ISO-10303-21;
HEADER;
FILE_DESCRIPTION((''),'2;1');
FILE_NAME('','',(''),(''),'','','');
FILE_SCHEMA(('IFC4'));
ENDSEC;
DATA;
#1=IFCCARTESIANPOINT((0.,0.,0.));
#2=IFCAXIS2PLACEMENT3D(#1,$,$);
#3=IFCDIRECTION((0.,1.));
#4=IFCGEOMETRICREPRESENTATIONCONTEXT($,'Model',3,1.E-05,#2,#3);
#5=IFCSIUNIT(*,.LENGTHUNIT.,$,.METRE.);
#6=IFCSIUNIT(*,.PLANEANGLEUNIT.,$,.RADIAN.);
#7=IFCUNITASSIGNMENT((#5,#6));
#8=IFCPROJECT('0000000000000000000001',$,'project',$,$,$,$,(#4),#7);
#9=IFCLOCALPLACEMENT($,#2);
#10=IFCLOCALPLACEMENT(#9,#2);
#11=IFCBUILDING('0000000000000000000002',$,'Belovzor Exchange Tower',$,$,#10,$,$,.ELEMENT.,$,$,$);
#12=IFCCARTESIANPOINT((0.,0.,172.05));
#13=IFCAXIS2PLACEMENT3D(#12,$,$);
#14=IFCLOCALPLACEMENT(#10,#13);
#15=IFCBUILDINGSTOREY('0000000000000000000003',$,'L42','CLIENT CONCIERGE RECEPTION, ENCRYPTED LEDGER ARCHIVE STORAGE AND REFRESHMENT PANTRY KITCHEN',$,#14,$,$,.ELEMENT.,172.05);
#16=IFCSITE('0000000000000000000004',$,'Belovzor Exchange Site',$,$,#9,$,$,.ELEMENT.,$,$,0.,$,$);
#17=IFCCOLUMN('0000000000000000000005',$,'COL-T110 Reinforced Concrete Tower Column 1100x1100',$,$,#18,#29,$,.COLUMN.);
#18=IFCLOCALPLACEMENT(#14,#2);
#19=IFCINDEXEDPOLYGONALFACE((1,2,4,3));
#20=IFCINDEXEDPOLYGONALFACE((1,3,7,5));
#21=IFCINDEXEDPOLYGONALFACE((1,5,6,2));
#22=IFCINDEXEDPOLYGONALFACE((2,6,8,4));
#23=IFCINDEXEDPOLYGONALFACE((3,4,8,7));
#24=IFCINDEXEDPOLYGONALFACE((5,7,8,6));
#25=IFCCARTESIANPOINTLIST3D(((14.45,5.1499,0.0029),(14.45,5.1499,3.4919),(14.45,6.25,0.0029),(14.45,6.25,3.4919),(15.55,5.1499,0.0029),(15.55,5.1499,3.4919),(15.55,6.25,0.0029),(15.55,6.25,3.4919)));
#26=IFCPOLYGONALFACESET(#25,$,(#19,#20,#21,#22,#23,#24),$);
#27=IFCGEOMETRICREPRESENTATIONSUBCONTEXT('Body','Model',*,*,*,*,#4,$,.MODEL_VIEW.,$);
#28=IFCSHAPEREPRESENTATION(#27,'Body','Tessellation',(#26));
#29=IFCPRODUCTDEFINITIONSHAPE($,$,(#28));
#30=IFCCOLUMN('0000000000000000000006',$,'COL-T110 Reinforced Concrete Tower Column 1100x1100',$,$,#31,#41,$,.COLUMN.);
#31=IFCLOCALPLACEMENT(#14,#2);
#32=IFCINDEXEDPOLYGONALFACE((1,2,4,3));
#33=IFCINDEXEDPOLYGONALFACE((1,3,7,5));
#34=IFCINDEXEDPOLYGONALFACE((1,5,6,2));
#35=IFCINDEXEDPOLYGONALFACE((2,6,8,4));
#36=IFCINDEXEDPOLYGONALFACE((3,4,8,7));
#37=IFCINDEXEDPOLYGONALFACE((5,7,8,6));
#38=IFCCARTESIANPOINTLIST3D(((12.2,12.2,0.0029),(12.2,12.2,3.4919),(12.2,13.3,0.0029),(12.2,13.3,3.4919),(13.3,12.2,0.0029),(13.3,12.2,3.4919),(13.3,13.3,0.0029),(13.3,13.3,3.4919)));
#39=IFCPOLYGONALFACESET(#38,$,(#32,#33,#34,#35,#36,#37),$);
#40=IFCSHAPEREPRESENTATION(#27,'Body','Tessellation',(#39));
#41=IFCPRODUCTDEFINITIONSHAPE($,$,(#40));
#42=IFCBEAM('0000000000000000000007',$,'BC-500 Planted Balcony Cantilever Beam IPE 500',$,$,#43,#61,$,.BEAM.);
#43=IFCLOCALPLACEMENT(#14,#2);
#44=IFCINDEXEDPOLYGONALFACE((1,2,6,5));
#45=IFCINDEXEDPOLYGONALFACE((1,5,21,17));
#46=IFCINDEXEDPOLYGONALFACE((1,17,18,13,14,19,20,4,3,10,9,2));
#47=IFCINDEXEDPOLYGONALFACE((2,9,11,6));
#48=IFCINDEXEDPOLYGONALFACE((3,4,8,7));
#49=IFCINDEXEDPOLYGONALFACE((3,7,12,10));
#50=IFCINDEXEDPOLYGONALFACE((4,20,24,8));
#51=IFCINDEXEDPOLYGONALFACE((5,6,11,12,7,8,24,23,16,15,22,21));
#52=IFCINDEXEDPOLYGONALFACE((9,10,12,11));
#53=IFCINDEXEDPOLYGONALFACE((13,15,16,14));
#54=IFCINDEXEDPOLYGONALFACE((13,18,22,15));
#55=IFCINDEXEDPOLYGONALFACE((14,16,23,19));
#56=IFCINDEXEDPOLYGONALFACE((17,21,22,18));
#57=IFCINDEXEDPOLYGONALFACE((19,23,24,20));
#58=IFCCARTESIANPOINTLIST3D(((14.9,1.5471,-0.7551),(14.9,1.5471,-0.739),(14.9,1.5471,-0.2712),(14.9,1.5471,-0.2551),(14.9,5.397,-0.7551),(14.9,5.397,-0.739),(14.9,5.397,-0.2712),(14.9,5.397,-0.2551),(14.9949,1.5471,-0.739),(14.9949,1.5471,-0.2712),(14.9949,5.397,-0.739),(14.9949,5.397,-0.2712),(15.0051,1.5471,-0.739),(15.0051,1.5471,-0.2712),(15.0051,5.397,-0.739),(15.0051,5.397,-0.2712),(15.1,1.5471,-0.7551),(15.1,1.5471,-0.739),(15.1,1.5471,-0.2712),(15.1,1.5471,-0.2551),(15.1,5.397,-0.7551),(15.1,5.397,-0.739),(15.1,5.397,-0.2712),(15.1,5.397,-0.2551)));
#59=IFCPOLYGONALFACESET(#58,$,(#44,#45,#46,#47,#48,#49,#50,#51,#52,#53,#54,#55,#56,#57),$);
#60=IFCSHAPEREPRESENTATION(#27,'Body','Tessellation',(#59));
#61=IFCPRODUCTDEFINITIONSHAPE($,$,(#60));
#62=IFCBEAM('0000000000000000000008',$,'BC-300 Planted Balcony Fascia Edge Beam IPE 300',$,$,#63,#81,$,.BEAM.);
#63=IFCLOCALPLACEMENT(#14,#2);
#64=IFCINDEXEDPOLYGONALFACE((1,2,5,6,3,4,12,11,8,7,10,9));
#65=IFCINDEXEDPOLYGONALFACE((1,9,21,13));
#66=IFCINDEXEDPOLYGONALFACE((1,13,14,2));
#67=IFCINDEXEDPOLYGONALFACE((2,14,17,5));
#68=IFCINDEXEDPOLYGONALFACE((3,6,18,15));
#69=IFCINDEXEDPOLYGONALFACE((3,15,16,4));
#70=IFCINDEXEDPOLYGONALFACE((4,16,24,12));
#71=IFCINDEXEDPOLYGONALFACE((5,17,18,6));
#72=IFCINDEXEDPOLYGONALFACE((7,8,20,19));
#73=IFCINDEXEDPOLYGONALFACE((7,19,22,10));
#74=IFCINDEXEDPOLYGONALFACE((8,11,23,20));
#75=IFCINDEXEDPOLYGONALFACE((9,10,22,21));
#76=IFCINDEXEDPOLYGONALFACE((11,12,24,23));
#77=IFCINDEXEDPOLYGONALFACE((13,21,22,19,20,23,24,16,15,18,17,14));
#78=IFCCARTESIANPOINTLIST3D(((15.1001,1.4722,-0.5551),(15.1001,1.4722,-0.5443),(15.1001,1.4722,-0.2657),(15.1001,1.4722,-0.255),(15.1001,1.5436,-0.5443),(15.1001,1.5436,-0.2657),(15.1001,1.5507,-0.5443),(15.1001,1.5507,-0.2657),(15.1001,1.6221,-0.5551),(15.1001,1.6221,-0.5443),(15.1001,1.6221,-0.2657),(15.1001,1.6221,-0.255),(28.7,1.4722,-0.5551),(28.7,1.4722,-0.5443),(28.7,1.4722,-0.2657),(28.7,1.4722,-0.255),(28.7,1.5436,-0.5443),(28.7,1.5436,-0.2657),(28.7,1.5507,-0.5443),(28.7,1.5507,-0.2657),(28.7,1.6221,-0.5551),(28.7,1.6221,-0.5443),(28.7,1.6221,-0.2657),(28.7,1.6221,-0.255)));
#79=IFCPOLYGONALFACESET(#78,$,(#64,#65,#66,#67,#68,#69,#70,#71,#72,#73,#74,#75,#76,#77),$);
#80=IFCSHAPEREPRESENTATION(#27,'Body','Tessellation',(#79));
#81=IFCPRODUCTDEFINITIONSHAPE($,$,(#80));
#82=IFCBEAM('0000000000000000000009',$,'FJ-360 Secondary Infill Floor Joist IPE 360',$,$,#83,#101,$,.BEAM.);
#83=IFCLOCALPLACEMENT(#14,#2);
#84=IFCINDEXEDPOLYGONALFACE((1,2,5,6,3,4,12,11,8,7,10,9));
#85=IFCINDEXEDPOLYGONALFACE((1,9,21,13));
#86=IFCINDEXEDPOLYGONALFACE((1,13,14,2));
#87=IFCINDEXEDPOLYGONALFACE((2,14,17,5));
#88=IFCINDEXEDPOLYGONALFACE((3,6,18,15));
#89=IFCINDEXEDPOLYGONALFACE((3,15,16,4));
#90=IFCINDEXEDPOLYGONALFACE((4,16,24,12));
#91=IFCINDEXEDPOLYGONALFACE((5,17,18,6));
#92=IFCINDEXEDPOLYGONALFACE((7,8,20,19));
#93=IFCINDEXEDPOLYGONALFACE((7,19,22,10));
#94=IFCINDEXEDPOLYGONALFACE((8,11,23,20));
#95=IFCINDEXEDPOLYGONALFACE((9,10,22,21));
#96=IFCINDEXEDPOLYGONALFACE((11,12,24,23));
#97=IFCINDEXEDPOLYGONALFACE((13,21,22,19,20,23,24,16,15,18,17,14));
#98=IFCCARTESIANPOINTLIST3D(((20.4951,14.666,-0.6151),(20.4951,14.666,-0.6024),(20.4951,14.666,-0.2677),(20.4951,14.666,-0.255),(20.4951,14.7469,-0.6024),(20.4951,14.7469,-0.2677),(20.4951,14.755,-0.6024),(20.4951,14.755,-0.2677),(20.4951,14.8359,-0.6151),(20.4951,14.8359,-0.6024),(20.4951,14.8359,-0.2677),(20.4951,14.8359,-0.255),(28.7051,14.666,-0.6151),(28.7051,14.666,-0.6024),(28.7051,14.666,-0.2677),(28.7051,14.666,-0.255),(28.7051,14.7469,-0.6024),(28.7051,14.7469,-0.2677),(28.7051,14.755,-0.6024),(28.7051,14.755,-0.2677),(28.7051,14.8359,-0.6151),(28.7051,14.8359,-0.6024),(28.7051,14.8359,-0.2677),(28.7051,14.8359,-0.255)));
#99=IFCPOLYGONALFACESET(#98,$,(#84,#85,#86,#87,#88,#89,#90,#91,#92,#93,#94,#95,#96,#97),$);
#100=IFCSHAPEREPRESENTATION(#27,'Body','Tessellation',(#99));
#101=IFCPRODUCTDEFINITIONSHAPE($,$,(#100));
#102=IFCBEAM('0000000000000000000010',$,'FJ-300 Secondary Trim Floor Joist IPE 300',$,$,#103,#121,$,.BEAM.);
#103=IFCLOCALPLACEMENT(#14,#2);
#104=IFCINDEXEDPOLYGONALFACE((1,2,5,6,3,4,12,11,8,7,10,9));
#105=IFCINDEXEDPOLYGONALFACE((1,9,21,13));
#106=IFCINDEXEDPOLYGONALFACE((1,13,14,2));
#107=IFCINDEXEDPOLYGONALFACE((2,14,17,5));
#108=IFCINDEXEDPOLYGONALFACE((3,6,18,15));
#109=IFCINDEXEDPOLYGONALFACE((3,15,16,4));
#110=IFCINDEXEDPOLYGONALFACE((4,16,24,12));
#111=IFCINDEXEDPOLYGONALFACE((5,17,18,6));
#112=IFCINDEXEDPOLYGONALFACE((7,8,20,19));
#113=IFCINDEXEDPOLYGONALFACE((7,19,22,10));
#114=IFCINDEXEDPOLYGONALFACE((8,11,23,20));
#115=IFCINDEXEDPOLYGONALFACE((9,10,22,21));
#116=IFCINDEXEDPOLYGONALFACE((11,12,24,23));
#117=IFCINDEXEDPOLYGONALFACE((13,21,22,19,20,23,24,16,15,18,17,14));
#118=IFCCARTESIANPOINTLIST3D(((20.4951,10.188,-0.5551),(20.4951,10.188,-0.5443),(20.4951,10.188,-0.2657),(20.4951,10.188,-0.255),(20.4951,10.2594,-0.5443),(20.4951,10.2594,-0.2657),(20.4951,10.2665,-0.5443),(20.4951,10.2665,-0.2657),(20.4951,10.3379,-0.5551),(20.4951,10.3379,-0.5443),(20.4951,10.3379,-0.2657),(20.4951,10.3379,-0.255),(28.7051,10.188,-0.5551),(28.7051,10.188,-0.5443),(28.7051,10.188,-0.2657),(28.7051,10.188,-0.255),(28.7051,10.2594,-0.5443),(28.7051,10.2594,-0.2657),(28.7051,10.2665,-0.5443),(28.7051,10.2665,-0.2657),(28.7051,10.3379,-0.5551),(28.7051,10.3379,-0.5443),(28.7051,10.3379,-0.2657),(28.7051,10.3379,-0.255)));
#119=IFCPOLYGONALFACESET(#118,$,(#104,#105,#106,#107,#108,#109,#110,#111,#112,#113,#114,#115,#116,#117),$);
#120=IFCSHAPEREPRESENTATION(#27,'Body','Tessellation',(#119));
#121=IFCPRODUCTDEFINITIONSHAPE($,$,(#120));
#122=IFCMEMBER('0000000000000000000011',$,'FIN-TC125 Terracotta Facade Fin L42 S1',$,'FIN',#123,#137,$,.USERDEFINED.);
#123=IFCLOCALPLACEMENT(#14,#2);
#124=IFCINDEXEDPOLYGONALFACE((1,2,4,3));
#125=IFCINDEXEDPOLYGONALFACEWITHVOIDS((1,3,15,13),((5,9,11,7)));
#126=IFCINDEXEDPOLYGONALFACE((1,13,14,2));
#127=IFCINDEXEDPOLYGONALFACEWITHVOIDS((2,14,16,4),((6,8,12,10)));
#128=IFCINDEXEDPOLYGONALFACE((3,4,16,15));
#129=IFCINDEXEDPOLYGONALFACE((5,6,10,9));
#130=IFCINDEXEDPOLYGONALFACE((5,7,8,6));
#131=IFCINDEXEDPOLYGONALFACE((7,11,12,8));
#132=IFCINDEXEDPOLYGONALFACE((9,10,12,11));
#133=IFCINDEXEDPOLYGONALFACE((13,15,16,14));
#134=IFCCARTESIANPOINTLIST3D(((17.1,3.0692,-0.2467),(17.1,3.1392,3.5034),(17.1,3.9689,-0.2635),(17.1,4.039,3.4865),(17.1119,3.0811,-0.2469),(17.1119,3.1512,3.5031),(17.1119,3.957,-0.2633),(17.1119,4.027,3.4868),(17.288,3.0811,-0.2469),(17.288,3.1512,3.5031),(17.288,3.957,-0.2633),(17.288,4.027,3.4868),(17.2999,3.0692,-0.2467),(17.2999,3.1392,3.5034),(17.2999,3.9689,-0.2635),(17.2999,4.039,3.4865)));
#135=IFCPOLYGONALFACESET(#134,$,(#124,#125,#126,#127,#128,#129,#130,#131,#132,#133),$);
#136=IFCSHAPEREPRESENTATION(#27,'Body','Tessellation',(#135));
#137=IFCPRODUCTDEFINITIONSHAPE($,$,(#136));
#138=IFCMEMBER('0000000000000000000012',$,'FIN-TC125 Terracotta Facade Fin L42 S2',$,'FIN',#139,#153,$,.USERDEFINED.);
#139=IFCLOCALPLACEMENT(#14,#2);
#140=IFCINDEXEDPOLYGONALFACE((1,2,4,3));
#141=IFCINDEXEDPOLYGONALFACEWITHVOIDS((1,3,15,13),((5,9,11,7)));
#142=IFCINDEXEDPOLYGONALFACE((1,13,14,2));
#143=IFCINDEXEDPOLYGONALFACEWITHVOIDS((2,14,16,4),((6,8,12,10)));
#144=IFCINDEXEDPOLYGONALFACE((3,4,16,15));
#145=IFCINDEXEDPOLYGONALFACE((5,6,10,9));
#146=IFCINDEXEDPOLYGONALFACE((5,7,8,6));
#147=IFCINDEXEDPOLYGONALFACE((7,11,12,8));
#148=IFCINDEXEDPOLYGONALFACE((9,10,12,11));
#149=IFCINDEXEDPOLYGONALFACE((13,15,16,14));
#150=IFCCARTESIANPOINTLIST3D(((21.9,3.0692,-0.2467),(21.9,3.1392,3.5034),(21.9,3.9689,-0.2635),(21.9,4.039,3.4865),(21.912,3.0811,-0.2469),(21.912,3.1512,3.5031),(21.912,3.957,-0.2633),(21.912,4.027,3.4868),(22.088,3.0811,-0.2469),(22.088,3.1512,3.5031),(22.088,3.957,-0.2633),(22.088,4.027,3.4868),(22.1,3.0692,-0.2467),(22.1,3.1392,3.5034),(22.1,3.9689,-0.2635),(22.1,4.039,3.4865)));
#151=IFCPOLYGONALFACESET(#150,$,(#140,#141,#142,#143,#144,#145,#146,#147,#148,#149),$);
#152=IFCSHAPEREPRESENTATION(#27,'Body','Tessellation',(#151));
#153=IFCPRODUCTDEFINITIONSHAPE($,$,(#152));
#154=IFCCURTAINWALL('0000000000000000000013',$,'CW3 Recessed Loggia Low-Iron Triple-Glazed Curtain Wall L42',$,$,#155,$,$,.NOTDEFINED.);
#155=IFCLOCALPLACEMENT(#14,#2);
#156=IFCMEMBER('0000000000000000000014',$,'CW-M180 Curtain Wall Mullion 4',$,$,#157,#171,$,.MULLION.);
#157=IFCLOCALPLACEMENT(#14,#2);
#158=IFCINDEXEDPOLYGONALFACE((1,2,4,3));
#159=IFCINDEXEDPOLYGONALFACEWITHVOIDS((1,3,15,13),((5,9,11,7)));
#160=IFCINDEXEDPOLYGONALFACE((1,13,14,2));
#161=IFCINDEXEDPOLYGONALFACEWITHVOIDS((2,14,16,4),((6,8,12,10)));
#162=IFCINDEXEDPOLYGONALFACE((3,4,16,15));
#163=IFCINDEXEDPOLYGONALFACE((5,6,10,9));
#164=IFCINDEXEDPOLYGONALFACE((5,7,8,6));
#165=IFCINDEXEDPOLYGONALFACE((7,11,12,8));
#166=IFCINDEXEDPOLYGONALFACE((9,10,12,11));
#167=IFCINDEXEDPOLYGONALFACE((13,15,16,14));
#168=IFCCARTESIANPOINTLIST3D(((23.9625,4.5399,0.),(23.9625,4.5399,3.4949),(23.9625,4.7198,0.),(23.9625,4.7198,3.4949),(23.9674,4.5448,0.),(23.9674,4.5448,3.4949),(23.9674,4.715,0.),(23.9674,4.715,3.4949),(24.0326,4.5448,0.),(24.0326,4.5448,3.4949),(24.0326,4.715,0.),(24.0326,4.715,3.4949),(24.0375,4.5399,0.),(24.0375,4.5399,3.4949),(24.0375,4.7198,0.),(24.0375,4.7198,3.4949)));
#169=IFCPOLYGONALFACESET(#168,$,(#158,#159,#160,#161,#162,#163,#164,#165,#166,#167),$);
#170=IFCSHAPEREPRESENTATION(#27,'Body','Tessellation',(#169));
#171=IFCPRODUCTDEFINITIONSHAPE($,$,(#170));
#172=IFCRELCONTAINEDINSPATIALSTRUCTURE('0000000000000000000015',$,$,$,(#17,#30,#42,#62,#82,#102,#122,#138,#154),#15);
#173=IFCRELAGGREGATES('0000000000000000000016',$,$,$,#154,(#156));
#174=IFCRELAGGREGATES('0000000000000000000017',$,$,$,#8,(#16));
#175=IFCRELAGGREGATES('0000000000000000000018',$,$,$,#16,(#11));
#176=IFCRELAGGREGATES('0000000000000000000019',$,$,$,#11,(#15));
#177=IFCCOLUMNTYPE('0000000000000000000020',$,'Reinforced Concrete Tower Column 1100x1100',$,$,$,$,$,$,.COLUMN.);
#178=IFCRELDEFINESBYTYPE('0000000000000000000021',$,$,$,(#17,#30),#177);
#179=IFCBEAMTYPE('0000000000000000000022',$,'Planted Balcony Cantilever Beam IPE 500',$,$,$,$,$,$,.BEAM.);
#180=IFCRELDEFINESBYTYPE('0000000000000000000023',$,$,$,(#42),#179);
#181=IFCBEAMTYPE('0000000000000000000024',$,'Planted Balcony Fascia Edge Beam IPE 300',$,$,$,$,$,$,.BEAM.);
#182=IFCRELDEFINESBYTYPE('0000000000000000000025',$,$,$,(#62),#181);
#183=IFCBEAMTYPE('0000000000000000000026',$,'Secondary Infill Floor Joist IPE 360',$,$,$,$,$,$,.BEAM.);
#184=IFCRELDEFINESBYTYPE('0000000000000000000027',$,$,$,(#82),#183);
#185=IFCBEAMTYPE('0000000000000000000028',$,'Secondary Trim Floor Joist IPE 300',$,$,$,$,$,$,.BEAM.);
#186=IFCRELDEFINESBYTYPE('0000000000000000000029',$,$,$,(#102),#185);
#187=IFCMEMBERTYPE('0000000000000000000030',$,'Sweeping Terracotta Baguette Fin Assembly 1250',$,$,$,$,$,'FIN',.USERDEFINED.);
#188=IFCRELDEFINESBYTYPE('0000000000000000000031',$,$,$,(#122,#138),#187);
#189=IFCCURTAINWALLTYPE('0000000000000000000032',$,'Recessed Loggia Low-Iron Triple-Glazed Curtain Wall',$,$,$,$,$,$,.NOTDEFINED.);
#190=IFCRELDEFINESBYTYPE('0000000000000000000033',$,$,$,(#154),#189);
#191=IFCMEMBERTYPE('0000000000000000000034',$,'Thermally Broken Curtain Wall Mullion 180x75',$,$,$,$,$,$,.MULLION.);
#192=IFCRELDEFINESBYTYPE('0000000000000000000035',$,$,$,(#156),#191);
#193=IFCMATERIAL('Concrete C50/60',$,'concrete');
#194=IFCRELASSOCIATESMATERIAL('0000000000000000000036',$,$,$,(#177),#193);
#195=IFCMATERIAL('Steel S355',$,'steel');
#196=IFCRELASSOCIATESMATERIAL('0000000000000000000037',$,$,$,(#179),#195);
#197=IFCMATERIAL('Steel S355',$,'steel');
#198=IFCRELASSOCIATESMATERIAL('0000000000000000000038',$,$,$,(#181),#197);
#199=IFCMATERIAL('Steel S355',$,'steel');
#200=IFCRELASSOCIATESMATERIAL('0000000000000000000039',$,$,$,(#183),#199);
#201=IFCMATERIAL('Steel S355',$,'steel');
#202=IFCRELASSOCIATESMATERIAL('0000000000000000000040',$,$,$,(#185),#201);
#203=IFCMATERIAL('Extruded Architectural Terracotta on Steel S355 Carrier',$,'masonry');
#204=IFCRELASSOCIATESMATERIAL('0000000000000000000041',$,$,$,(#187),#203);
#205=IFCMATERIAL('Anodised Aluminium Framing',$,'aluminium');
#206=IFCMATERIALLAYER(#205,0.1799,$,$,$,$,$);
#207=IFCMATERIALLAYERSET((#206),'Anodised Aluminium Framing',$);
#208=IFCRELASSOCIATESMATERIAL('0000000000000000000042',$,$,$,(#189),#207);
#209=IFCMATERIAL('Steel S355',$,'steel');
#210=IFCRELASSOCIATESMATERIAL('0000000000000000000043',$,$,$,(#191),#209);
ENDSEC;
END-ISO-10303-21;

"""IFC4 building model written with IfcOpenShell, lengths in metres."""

from ifc_helpers import new_model, si_unit, direction, frame, origin, origin_2d, place, context, subcontext, project, spatial, rectangle, hollow_rectangle, i_section, extrude, material, layer, layer_set, material_profile, profile_set, type_object, element, aggregate, save


model = new_model("IFC4")

# Units and contexts
model_context = context("Model", 3, precision=1e-05, world=origin(), true_north=direction((0.0, 1.0)))
body_context = subcontext(model_context, "Body", "Model", "MODEL_VIEW")
ifc_project = project(units=[si_unit("LENGTHUNIT", "METRE"), si_unit("PLANEANGLEUNIT", "RADIAN")], contexts=[model_context])

# Site, building, storey
site_placement = place(None, origin())
site = spatial("IfcSite", under=ifc_project, at=site_placement, Name="Belovzor Exchange Site", CompositionType="ELEMENT", RefElevation=0.0)
building_placement = place(site_placement, origin())
building = spatial("IfcBuilding", under=site, at=building_placement, Name="Belovzor Exchange Tower", CompositionType="ELEMENT")
storey_placement = place(building_placement, frame((0.0, 0.0, 172.05)))
storey = spatial("IfcBuildingStorey", under=building, at=storey_placement, Name="L42", Description="CLIENT CONCIERGE RECEPTION, ENCRYPTED LEDGER ARCHIVE STORAGE AND REFRESHMENT PANTRY KITCHEN", CompositionType="ELEMENT", Elevation=172.05)

# Columns
ifc_material_1 = material(Name="Concrete C50/60", Category="concrete")
ifc_material_profile_1 = material_profile(ifc_material_1, rectangle(XDim=1.1001, YDim=1.1001, at=origin_2d()))
ifc_profile_set_1 = profile_set([ifc_material_profile_1], Name="Concrete C50/60")
column_type = type_object("IfcColumnType", Name="Reinforced Concrete Tower Column 1100x1100", PredefinedType="COLUMN", material=ifc_profile_set_1)
for number, where, z_axis, x_axis, name in (
    (1, (15.0, 5.7, 0.0029), (0.0, 0.0, 1.0), (1.0, 0.0, 0.0), "COL-T110 Reinforced Concrete Tower Column 1100x1100"),
    (2, (12.75, 12.75, 0.0029), (0.0, 0.0, 1.0), (1.0, 0.0, 0.0), "COL-T110 Reinforced Concrete Tower Column 1100x1100"),
):
    element("IfcColumn", number, at=place(storey_placement, frame(where, z_axis=z_axis, x_axis=x_axis)), inside=storey, type_object=column_type, Name=name, PredefinedType="COLUMN", context=body_context, shape_type="SweptSolid", body=[
        extrude(rectangle(XDim=1.1001, YDim=1.1001, at=origin_2d()), origin(), (0.0, 0.0, 1.0), 3.489),
    ])

# Beams
ifc_material_2 = material(Name="Steel S355", Category="steel")
ifc_material_profile_2 = material_profile(ifc_material_2, i_section(OverallWidth=0.2, OverallDepth=0.5, WebThickness=0.0103, FlangeThickness=0.0161, at=origin_2d()))
ifc_profile_set_2 = profile_set([ifc_material_profile_2], Name="Steel S355")
beam_type_1 = type_object("IfcBeamType", Name="Planted Balcony Cantilever Beam IPE 500", PredefinedType="BEAM", material=ifc_profile_set_2)
beam_1_placement = place(storey_placement, frame((15.0, 5.397, -0.5051), z_axis=(0.0, -1.0, 0.0), x_axis=(1.0, 0.0, 0.0)))
element("IfcBeam", 3, at=beam_1_placement, inside=storey, type_object=beam_type_1, Name="BC-500 Planted Balcony Cantilever Beam IPE 500", PredefinedType="BEAM", context=body_context, shape_type="SweptSolid", body=[
    extrude(i_section(OverallWidth=0.2, OverallDepth=0.5, WebThickness=0.0103, FlangeThickness=0.0161, at=origin_2d()), origin(), (0.0, 0.0, 1.0), 3.8499),
])
ifc_material_3 = material(Name="Steel S355", Category="steel")
ifc_material_profile_3 = material_profile(ifc_material_3, i_section(OverallWidth=0.1499, OverallDepth=0.3, WebThickness=0.0071, FlangeThickness=0.0107, at=origin_2d()))
ifc_profile_set_3 = profile_set([ifc_material_profile_3], Name="Steel S355")
beam_type_2 = type_object("IfcBeamType", Name="Planted Balcony Fascia Edge Beam IPE 300", PredefinedType="BEAM", material=ifc_profile_set_3)
beam_2_placement = place(storey_placement, frame((15.1001, 1.5471, -0.405), z_axis=(1.0, 0.0, 0.0), x_axis=(0.0, 1.0, 0.0)))
element("IfcBeam", 4, at=beam_2_placement, inside=storey, type_object=beam_type_2, Name="BC-300 Planted Balcony Fascia Edge Beam IPE 300", PredefinedType="BEAM", context=body_context, shape_type="SweptSolid", body=[
    extrude(i_section(OverallWidth=0.1499, OverallDepth=0.3, WebThickness=0.0071, FlangeThickness=0.0107, at=origin_2d()), origin(), (0.0, 0.0, 1.0), 13.5999),
])
ifc_material_4 = material(Name="Steel S355", Category="steel")
ifc_material_profile_4 = material_profile(ifc_material_4, i_section(OverallWidth=0.1699, OverallDepth=0.3601, WebThickness=0.0081, FlangeThickness=0.0127, at=origin_2d()))
ifc_profile_set_4 = profile_set([ifc_material_profile_4], Name="Steel S355")
beam_type_3 = type_object("IfcBeamType", Name="Secondary Infill Floor Joist IPE 360", PredefinedType="BEAM", material=ifc_profile_set_4)
beam_3_placement = place(storey_placement, frame((20.4951, 14.751, -0.4351), z_axis=(1.0, 0.0, 0.0), x_axis=(0.0, 1.0, 0.0)))
element("IfcBeam", 5, at=beam_3_placement, inside=storey, type_object=beam_type_3, Name="FJ-360 Secondary Infill Floor Joist IPE 360", PredefinedType="BEAM", context=body_context, shape_type="SweptSolid", body=[
    extrude(i_section(OverallWidth=0.1699, OverallDepth=0.3601, WebThickness=0.0081, FlangeThickness=0.0127, at=origin_2d()), origin(), (0.0, 0.0, 1.0), 8.21),
])
ifc_material_5 = material(Name="Steel S355", Category="steel")
ifc_material_profile_5 = material_profile(ifc_material_5, i_section(OverallWidth=0.1499, OverallDepth=0.3, WebThickness=0.0071, FlangeThickness=0.0107, at=origin_2d()))
ifc_profile_set_5 = profile_set([ifc_material_profile_5], Name="Steel S355")
beam_type_4 = type_object("IfcBeamType", Name="Secondary Trim Floor Joist IPE 300", PredefinedType="BEAM", material=ifc_profile_set_5)
beam_4_placement = place(storey_placement, frame((20.4951, 10.2629, -0.405), z_axis=(1.0, 0.0, 0.0), x_axis=(0.0, 1.0, 0.0)))
element("IfcBeam", 6, at=beam_4_placement, inside=storey, type_object=beam_type_4, Name="FJ-300 Secondary Trim Floor Joist IPE 300", PredefinedType="BEAM", context=body_context, shape_type="SweptSolid", body=[
    extrude(i_section(OverallWidth=0.1499, OverallDepth=0.3, WebThickness=0.0071, FlangeThickness=0.0107, at=origin_2d()), origin(), (0.0, 0.0, 1.0), 8.21),
])

# Members
ifc_material_6 = material(Name="Extruded Architectural Terracotta on Steel S355 Carrier", Category="masonry")
ifc_material_profile_6 = material_profile(ifc_material_6, hollow_rectangle(XDim=0.2, YDim=0.8999, WallThickness=0.012, at=origin_2d()))
ifc_profile_set_6 = profile_set([ifc_material_profile_6], Name="Extruded Architectural Terracotta on Steel S355 Carrier")
member_type_1 = type_object("IfcMemberType", Name="Sweeping Terracotta Baguette Fin Assembly 1250", ElementType="FIN", PredefinedType="USERDEFINED", material=ifc_profile_set_6)
for number, where, z_axis, x_axis, name in (
    (7, (17.2, 3.519, -0.2551), (0.0, 0.018682, 0.999825), (-1.0, 0.0, 0.0), "FIN-TC125 Terracotta Facade Fin L42 S1"),
    (8, (22.0, 3.519, -0.2551), (0.0, 0.018682, 0.999825), (-1.0, 0.0, 0.0), "FIN-TC125 Terracotta Facade Fin L42 S2"),
):
    element("IfcMember", number, at=place(storey_placement, frame(where, z_axis=z_axis, x_axis=x_axis)), inside=storey, type_object=member_type_1, Name=name, ObjectType="FIN", PredefinedType="USERDEFINED", context=body_context, shape_type="SweptSolid", body=[
        extrude(hollow_rectangle(XDim=0.2, YDim=0.8999, WallThickness=0.012, at=origin_2d()), origin(), (0.0, 0.0, 1.0), 3.7507),
    ])

# Curtain wall, member
ifc_material_7 = material(Name="Anodised Aluminium Framing", Category="aluminium")
ifc_layer_1 = layer(ifc_material_7, 0.1799)
ifc_layer_set_1 = layer_set([ifc_layer_1], Name="Anodised Aluminium Framing")
curtain_wall_type = type_object("IfcCurtainWallType", Name="Recessed Loggia Low-Iron Triple-Glazed Curtain Wall", PredefinedType="NOTDEFINED", material=ifc_layer_set_1)
curtain_wall_placement = place(storey_placement, origin())
curtain_wall = element("IfcCurtainWall", 9, at=curtain_wall_placement, inside=storey, type_object=curtain_wall_type, Name="CW3 Recessed Loggia Low-Iron Triple-Glazed Curtain Wall L42", PredefinedType="NOTDEFINED")
ifc_material_8 = material(Name="Steel S355", Category="steel")
ifc_material_profile_7 = material_profile(ifc_material_8, hollow_rectangle(XDim=0.075, YDim=0.1799, WallThickness=0.0049, at=origin_2d()))
ifc_profile_set_7 = profile_set([ifc_material_profile_7], Name="Steel S355")
member_type_2 = type_object("IfcMemberType", Name="Thermally Broken Curtain Wall Mullion 180x75", PredefinedType="MULLION", material=ifc_profile_set_7)
member_placement = place(storey_placement, frame((24.0, 4.6299, 0.0), z_axis=(0.0, 0.0, 1.0), x_axis=(-1.0, 0.0, 0.0)))
member = element("IfcMember", 10, at=member_placement, type_object=member_type_2, Name="CW-M180 Curtain Wall Mullion 4", PredefinedType="MULLION", context=body_context, shape_type="SweptSolid", body=[
    extrude(hollow_rectangle(XDim=0.075, YDim=0.1799, WallThickness=0.0049, at=origin_2d()), origin(), (0.0, 0.0, 1.0), 3.4949),
])

aggregate(curtain_wall, [member])

save(model, "model.ifc")
